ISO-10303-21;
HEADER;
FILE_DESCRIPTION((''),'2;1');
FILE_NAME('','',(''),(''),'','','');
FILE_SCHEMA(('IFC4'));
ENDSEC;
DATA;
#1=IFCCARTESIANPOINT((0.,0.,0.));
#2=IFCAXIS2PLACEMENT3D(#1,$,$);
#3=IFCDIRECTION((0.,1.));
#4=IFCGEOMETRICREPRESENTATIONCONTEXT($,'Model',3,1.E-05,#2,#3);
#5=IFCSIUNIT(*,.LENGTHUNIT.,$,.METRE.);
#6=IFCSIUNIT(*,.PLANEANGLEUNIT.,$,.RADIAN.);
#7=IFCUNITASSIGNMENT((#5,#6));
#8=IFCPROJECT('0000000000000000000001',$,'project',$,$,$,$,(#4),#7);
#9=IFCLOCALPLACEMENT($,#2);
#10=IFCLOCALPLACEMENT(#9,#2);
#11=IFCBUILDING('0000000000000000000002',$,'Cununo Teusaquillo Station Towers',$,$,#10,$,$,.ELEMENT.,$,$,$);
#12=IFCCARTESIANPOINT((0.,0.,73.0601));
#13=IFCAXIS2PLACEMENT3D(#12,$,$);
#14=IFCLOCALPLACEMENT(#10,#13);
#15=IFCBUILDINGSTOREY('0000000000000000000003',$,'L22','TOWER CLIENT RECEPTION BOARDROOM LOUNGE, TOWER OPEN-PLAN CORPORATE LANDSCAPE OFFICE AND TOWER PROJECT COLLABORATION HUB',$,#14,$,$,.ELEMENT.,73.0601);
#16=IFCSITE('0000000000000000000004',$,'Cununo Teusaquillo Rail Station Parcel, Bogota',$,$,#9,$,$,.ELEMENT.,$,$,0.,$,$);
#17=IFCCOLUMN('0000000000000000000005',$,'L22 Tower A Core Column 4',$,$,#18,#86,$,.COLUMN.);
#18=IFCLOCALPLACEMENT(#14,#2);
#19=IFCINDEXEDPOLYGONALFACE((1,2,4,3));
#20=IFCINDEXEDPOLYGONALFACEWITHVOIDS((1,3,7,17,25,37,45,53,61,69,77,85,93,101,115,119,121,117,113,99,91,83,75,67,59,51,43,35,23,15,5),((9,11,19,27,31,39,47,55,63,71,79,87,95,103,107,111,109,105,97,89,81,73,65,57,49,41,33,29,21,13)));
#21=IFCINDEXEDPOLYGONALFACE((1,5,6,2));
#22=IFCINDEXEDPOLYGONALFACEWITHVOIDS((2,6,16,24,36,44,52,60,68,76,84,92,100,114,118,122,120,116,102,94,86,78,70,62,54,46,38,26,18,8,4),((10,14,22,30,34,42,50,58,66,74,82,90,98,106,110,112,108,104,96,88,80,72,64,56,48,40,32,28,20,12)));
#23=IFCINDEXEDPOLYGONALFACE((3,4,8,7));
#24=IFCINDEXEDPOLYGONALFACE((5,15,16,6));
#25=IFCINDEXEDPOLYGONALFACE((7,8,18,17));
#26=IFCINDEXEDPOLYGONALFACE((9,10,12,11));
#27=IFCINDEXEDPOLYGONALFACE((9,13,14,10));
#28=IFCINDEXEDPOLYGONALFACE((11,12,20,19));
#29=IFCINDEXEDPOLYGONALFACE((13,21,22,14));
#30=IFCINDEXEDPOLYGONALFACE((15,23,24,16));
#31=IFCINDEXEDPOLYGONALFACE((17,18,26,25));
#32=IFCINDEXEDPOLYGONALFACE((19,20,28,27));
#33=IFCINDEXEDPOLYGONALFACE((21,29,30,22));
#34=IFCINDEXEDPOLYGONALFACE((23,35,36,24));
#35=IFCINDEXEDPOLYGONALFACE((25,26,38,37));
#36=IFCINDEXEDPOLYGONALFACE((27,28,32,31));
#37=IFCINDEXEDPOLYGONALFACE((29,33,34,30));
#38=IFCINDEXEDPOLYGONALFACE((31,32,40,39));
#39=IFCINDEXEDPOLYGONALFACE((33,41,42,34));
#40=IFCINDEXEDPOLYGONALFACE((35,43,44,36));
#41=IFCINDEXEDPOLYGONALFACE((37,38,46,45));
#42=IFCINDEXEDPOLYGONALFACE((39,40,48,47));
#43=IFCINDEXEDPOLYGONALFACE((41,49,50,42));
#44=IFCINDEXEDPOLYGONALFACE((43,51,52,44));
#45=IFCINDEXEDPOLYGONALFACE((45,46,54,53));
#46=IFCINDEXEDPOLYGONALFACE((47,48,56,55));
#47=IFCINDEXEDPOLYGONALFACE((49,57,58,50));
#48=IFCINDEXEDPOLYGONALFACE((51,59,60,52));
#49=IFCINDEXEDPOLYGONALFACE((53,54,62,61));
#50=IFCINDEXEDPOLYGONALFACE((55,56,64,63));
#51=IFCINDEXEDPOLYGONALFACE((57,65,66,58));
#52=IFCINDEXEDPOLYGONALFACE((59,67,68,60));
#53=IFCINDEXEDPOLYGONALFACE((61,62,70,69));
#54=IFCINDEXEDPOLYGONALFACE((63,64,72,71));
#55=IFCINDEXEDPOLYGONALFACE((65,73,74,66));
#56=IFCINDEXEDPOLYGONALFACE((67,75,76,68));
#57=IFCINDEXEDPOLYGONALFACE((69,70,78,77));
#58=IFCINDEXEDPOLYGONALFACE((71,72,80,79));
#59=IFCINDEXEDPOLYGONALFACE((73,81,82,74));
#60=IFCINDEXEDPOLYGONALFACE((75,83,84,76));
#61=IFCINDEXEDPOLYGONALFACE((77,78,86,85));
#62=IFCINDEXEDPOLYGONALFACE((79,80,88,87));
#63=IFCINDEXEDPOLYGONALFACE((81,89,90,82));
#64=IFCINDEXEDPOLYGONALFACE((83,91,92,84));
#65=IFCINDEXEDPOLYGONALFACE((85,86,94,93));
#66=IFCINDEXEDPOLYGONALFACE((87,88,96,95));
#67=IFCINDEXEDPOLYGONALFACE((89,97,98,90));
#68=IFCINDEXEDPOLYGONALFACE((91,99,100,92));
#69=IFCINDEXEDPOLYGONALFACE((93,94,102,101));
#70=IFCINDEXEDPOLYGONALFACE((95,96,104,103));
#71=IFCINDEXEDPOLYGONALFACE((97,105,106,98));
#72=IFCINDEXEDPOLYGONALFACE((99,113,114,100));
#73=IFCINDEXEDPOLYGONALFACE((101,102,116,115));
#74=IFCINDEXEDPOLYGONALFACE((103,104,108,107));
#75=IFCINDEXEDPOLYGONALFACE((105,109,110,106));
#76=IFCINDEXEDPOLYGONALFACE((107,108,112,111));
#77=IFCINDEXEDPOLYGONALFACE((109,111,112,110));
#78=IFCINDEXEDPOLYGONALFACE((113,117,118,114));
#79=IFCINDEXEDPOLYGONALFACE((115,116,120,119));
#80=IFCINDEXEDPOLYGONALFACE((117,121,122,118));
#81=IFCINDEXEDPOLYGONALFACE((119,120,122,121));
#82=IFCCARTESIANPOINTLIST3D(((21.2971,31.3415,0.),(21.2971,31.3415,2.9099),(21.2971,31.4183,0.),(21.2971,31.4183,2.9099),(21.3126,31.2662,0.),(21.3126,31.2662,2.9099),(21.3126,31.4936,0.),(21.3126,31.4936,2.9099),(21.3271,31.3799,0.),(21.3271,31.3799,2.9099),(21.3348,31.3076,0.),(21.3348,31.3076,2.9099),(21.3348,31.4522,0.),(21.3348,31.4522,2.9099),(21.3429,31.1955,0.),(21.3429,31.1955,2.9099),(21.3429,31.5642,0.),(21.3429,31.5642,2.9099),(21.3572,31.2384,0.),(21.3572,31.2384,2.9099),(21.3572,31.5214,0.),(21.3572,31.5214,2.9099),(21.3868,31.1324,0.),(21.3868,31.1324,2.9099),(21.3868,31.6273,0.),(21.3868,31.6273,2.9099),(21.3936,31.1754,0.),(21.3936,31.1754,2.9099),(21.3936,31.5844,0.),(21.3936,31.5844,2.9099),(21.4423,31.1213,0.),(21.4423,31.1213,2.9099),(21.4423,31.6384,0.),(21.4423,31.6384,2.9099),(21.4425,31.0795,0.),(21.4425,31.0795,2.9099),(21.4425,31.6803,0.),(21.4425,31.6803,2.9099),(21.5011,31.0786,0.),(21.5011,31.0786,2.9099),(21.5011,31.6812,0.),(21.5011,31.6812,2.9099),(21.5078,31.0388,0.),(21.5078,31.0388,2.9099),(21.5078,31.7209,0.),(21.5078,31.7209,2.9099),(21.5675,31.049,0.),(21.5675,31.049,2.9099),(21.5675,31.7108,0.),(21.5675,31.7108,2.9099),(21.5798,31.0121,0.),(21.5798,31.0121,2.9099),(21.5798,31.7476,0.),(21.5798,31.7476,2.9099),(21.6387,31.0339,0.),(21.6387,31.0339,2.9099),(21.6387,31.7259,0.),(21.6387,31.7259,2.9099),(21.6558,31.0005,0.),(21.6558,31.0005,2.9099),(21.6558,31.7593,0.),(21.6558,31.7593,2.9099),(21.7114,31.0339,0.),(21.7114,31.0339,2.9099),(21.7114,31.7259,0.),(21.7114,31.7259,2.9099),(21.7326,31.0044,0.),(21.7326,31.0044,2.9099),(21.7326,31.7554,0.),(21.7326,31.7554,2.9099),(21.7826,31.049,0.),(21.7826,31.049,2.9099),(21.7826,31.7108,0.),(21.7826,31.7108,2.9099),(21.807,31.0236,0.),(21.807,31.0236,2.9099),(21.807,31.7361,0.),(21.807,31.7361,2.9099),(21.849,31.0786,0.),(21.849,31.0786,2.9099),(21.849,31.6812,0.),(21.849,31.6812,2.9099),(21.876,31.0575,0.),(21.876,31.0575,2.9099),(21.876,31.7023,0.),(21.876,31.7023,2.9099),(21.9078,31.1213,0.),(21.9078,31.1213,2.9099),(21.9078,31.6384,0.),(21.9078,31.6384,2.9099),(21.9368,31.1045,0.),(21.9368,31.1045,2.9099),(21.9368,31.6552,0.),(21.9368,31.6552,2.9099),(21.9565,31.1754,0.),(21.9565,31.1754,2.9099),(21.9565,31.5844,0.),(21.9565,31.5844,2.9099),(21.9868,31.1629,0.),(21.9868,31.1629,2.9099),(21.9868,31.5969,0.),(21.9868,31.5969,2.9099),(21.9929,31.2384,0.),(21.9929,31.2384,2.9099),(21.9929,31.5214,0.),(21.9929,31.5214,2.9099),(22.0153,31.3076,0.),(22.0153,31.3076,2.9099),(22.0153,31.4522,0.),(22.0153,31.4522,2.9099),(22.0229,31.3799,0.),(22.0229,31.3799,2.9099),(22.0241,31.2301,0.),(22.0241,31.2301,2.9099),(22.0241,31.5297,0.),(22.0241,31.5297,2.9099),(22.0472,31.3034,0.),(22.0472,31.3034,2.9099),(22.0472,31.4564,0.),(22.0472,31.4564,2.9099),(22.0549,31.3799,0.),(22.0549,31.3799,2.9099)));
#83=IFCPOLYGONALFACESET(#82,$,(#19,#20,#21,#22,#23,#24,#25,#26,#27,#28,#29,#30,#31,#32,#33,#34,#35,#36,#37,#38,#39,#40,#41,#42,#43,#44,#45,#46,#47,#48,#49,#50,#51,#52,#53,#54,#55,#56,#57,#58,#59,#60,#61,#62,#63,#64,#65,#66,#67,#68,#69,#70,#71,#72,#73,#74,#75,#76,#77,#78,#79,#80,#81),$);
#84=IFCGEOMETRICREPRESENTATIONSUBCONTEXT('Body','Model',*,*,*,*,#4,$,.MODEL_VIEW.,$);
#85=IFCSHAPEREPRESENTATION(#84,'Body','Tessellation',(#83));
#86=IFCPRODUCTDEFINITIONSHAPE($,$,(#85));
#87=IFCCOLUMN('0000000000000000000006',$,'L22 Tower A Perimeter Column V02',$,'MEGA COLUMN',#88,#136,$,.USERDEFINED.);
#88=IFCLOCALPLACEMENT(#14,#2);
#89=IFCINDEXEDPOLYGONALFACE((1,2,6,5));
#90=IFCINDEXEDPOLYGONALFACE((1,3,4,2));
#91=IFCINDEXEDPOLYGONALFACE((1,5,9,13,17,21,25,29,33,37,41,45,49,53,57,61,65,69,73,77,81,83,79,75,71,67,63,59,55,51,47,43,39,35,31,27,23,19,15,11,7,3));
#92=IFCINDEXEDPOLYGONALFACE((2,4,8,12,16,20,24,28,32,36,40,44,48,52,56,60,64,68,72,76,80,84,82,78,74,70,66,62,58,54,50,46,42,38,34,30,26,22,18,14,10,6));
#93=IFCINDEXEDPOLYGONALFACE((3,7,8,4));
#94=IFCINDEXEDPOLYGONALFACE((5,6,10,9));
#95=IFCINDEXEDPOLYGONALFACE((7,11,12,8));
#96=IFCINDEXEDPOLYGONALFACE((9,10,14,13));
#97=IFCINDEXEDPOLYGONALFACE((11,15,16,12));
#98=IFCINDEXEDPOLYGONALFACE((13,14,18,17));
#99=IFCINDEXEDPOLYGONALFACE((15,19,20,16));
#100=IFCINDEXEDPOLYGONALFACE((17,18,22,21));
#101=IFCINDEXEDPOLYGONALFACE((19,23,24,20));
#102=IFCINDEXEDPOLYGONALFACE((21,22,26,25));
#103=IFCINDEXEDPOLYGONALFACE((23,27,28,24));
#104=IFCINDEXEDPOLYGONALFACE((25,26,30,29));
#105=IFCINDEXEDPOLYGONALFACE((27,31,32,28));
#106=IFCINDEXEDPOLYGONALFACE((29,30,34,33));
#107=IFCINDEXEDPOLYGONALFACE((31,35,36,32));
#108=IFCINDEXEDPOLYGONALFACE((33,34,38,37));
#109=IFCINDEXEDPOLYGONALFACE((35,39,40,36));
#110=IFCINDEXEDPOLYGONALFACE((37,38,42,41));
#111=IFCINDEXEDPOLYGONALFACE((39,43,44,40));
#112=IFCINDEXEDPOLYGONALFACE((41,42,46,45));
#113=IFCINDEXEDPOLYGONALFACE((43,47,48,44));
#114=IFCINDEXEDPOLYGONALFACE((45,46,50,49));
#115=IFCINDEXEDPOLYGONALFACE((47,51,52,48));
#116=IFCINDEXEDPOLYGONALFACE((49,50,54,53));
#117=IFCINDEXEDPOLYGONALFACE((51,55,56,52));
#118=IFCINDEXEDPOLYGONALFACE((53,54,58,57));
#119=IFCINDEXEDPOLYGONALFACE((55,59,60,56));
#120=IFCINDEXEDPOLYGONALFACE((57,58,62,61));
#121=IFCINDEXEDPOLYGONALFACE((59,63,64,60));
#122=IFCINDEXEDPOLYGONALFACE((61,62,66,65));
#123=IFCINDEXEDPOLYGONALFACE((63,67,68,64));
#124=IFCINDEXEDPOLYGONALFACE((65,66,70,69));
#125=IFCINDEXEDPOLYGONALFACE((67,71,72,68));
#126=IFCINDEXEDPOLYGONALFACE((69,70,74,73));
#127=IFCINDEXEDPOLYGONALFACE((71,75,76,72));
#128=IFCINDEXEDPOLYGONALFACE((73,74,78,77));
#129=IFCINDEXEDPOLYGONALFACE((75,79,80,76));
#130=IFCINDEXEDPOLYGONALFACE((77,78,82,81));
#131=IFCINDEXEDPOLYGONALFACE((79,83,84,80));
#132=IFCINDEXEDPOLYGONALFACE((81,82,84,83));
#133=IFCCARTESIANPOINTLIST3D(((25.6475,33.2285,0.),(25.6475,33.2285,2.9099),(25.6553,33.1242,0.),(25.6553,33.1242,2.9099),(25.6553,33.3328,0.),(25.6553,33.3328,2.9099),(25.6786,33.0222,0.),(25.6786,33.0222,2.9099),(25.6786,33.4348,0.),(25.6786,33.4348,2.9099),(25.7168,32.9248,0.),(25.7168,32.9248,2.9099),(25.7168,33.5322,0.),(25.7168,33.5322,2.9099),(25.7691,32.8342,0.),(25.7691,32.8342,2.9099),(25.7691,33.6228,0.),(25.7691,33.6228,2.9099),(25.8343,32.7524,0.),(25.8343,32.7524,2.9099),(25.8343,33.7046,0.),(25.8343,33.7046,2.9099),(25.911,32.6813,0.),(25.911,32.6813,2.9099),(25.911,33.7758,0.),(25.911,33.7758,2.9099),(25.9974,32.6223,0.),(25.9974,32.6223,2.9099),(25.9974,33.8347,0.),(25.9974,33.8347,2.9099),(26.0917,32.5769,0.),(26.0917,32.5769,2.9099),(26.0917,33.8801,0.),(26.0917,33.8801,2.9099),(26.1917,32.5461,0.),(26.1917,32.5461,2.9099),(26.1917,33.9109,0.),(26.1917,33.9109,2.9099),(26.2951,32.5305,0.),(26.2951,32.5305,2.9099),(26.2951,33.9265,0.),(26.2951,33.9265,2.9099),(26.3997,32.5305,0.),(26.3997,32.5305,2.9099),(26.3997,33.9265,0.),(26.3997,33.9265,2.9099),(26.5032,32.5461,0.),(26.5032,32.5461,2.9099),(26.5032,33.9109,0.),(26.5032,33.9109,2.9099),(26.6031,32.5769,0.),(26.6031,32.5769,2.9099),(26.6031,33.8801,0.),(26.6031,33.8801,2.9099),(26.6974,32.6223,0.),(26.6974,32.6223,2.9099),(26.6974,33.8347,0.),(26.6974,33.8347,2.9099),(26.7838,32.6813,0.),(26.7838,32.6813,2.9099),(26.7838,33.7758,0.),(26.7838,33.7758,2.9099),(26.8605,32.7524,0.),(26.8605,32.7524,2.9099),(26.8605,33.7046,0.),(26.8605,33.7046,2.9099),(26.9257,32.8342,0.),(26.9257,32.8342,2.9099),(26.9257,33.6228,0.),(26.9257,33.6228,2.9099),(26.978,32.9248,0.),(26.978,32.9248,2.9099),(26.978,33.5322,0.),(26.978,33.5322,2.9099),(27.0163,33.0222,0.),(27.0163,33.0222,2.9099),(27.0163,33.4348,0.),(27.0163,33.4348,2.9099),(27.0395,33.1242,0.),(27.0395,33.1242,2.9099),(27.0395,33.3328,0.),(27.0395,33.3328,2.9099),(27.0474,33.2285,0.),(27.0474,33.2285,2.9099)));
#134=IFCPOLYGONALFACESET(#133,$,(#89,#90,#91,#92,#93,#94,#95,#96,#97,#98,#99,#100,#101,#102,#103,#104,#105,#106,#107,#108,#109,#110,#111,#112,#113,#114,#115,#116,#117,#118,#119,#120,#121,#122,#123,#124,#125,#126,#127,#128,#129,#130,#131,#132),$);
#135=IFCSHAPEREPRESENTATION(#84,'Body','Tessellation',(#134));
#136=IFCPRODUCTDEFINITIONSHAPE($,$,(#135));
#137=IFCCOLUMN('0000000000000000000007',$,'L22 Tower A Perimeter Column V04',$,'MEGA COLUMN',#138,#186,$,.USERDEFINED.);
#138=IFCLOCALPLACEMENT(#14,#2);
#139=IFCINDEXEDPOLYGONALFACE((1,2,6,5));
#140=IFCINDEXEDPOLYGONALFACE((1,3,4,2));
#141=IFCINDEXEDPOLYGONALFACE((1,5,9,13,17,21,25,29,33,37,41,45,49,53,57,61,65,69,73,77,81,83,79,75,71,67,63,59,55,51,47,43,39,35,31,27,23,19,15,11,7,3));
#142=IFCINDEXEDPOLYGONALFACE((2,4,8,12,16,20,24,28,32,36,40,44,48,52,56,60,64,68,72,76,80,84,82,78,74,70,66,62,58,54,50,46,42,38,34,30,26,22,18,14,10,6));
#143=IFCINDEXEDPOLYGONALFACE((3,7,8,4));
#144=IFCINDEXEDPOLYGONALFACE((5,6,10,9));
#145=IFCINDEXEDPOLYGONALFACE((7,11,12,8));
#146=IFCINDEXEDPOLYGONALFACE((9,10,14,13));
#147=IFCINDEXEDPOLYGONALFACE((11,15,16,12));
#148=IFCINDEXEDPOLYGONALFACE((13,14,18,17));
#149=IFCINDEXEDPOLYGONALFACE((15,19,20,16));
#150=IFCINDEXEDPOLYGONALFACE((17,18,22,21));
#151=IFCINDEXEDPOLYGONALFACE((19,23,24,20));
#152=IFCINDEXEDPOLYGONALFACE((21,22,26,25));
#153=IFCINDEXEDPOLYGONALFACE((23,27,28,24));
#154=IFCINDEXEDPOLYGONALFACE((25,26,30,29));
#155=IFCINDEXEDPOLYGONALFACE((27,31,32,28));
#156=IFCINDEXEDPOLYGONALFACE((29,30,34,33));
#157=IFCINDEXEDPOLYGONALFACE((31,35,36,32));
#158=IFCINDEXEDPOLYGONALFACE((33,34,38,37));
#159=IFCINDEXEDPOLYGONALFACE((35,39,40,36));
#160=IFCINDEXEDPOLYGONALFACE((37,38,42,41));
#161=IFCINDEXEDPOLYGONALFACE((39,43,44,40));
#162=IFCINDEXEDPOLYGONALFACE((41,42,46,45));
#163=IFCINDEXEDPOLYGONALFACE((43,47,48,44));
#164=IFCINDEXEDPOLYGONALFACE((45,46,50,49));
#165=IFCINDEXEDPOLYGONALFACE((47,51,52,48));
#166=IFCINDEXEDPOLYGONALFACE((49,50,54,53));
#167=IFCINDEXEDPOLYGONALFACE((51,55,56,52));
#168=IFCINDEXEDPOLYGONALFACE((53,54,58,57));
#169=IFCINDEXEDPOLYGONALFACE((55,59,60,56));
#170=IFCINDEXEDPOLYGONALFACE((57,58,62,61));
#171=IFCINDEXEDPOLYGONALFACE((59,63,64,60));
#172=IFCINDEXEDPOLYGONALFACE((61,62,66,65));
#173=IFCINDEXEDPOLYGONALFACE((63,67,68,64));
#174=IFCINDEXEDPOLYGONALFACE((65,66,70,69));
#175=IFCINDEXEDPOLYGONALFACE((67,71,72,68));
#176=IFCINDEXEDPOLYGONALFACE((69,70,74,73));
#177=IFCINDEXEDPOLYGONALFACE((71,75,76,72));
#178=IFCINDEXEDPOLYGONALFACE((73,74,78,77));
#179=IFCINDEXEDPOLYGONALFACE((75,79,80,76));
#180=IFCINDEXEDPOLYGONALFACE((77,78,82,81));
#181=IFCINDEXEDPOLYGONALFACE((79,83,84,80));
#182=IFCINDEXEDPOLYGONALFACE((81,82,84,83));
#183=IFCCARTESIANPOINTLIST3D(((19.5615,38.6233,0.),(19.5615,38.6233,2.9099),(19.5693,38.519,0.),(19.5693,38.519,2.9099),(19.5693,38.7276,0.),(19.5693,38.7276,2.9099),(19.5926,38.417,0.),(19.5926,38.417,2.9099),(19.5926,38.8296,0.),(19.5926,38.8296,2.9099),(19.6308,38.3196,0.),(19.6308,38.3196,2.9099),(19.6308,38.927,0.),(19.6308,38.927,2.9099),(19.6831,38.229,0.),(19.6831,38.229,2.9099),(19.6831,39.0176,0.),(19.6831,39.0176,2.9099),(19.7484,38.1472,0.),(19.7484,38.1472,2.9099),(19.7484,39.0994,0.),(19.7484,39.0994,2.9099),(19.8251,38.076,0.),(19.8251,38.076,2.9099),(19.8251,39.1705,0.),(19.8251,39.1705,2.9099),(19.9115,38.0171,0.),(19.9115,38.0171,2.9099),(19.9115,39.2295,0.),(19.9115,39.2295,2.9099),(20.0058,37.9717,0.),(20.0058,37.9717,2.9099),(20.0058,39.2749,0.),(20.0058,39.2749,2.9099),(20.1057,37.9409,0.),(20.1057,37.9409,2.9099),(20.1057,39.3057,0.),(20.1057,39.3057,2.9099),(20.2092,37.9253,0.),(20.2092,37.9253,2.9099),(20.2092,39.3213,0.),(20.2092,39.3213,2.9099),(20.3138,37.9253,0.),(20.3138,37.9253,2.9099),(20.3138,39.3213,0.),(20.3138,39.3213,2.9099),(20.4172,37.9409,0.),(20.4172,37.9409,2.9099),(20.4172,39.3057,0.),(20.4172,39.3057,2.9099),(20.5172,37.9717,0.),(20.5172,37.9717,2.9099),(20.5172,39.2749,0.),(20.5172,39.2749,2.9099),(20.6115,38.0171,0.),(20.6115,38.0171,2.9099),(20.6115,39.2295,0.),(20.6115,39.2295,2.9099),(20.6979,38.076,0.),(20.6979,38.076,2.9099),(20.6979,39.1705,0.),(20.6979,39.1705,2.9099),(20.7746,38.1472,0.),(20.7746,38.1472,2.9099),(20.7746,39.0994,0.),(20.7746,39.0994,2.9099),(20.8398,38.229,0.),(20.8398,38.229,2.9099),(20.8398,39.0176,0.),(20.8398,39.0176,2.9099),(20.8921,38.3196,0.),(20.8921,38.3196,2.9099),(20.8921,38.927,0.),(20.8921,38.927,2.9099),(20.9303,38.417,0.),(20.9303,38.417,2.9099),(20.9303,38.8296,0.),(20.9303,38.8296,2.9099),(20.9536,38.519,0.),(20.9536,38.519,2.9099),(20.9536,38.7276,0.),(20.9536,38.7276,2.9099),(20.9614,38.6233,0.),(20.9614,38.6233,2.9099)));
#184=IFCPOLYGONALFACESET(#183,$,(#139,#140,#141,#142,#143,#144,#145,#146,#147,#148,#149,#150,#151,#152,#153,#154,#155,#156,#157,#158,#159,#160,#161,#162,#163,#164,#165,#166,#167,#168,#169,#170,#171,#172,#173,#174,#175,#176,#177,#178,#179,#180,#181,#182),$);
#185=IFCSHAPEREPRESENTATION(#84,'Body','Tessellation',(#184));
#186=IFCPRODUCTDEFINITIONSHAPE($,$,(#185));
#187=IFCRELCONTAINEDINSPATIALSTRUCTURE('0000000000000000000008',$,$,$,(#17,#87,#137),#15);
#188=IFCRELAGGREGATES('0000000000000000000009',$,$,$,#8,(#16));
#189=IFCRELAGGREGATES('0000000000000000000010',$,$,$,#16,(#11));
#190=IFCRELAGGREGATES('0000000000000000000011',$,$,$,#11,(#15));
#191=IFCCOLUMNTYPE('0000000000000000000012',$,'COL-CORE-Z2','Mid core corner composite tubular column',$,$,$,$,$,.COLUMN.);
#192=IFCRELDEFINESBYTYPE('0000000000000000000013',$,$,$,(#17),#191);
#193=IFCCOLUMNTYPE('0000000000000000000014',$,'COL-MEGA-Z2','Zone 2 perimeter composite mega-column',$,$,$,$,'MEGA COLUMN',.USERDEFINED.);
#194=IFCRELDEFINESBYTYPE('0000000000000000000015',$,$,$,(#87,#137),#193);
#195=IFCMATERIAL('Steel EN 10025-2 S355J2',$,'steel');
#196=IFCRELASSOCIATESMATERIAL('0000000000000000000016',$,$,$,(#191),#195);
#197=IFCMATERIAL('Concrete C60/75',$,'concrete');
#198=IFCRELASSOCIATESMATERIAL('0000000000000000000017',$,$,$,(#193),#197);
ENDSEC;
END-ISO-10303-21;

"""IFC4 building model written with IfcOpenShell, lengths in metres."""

from ifc_helpers import new_model, si_unit, direction, frame, origin, origin_2d, place, context, subcontext, project, spatial, circle, hollow_circle, extrude, material, material_profile, profile_set, type_object, element, save


model = new_model("IFC4")

# Units and contexts
model_context = context("Model", 3, precision=1e-05, world=origin(), true_north=direction((0.0, 1.0)))
body_context = subcontext(model_context, "Body", "Model", "MODEL_VIEW")
ifc_project = project(units=[si_unit("LENGTHUNIT", "METRE"), si_unit("PLANEANGLEUNIT", "RADIAN")], contexts=[model_context])

# Site, building, storey
site_placement = place(None, origin())
site = spatial("IfcSite", under=ifc_project, at=site_placement, Name="Cununo Teusaquillo Rail Station Parcel, Bogota", CompositionType="ELEMENT", RefElevation=0.0)
building_placement = place(site_placement, origin())
building = spatial("IfcBuilding", under=site, at=building_placement, Name="Cununo Teusaquillo Station Towers", CompositionType="ELEMENT")
storey_placement = place(building_placement, frame((0.0, 0.0, 73.0601)))
storey = spatial("IfcBuildingStorey", under=building, at=storey_placement, Name="L22", Description="TOWER CLIENT RECEPTION BOARDROOM LOUNGE, TOWER OPEN-PLAN CORPORATE LANDSCAPE OFFICE AND TOWER PROJECT COLLABORATION HUB", CompositionType="ELEMENT", Elevation=73.0601)

# Columns
ifc_material_1 = material(Name="Steel EN 10025-2 S355J2", Category="steel")
ifc_material_profile_1 = material_profile(ifc_material_1, hollow_circle(Radius=0.3799, WallThickness=0.032, at=origin_2d()), Name="CHS 760x32")
ifc_profile_set_1 = profile_set([ifc_material_profile_1], Name="Steel EN 10025-2 S355J2")
column_type_1 = type_object("IfcColumnType", Name="COL-CORE-Z2", Description="Mid core corner composite tubular column", PredefinedType="COLUMN", material=ifc_profile_set_1)
column_placement = place(storey_placement, frame((21.675, 31.3799, 0.0), z_axis=(0.0, 0.0, 1.0), x_axis=(1.0, 0.0, 0.0)))
element("IfcColumn", 1, at=column_placement, inside=storey, type_object=column_type_1, Name="L22 Tower A Core Column 4", PredefinedType="COLUMN", context=body_context, shape_type="SweptSolid", body=[
    extrude(hollow_circle(Radius=0.3799, WallThickness=0.032, at=origin_2d()), origin(), (0.0, 0.0, 1.0), 2.9099),
])
ifc_material_2 = material(Name="Concrete C60/75", Category="concrete")
ifc_material_profile_2 = material_profile(ifc_material_2, circle(Radius=0.7, at=origin_2d()), Name="RC-CIRC-1400")
ifc_profile_set_2 = profile_set([ifc_material_profile_2], Name="Concrete C60/75")
column_type_2 = type_object("IfcColumnType", Name="COL-MEGA-Z2", Description="Zone 2 perimeter composite mega-column", ElementType="MEGA COLUMN", PredefinedType="USERDEFINED", material=ifc_profile_set_2)
for number, where, z_axis, x_axis, name in (
    (2, (26.3474, 33.2285, 0.0), (0.0, 0.0, 1.0), (1.0, 0.0, 0.0), "L22 Tower A Perimeter Column V02"),
    (3, (20.2615, 38.6233, 0.0), (0.0, 0.0, 1.0), (1.0, 0.0, 0.0), "L22 Tower A Perimeter Column V04"),
):
    element("IfcColumn", number, at=place(storey_placement, frame(where, z_axis=z_axis, x_axis=x_axis)), inside=storey, type_object=column_type_2, Name=name, ObjectType="MEGA COLUMN", PredefinedType="USERDEFINED", context=body_context, shape_type="SweptSolid", body=[
        extrude(circle(Radius=0.7, at=origin_2d()), origin(), (0.0, 0.0, 1.0), 2.9099),
    ])

save(model, "model.ifc")
